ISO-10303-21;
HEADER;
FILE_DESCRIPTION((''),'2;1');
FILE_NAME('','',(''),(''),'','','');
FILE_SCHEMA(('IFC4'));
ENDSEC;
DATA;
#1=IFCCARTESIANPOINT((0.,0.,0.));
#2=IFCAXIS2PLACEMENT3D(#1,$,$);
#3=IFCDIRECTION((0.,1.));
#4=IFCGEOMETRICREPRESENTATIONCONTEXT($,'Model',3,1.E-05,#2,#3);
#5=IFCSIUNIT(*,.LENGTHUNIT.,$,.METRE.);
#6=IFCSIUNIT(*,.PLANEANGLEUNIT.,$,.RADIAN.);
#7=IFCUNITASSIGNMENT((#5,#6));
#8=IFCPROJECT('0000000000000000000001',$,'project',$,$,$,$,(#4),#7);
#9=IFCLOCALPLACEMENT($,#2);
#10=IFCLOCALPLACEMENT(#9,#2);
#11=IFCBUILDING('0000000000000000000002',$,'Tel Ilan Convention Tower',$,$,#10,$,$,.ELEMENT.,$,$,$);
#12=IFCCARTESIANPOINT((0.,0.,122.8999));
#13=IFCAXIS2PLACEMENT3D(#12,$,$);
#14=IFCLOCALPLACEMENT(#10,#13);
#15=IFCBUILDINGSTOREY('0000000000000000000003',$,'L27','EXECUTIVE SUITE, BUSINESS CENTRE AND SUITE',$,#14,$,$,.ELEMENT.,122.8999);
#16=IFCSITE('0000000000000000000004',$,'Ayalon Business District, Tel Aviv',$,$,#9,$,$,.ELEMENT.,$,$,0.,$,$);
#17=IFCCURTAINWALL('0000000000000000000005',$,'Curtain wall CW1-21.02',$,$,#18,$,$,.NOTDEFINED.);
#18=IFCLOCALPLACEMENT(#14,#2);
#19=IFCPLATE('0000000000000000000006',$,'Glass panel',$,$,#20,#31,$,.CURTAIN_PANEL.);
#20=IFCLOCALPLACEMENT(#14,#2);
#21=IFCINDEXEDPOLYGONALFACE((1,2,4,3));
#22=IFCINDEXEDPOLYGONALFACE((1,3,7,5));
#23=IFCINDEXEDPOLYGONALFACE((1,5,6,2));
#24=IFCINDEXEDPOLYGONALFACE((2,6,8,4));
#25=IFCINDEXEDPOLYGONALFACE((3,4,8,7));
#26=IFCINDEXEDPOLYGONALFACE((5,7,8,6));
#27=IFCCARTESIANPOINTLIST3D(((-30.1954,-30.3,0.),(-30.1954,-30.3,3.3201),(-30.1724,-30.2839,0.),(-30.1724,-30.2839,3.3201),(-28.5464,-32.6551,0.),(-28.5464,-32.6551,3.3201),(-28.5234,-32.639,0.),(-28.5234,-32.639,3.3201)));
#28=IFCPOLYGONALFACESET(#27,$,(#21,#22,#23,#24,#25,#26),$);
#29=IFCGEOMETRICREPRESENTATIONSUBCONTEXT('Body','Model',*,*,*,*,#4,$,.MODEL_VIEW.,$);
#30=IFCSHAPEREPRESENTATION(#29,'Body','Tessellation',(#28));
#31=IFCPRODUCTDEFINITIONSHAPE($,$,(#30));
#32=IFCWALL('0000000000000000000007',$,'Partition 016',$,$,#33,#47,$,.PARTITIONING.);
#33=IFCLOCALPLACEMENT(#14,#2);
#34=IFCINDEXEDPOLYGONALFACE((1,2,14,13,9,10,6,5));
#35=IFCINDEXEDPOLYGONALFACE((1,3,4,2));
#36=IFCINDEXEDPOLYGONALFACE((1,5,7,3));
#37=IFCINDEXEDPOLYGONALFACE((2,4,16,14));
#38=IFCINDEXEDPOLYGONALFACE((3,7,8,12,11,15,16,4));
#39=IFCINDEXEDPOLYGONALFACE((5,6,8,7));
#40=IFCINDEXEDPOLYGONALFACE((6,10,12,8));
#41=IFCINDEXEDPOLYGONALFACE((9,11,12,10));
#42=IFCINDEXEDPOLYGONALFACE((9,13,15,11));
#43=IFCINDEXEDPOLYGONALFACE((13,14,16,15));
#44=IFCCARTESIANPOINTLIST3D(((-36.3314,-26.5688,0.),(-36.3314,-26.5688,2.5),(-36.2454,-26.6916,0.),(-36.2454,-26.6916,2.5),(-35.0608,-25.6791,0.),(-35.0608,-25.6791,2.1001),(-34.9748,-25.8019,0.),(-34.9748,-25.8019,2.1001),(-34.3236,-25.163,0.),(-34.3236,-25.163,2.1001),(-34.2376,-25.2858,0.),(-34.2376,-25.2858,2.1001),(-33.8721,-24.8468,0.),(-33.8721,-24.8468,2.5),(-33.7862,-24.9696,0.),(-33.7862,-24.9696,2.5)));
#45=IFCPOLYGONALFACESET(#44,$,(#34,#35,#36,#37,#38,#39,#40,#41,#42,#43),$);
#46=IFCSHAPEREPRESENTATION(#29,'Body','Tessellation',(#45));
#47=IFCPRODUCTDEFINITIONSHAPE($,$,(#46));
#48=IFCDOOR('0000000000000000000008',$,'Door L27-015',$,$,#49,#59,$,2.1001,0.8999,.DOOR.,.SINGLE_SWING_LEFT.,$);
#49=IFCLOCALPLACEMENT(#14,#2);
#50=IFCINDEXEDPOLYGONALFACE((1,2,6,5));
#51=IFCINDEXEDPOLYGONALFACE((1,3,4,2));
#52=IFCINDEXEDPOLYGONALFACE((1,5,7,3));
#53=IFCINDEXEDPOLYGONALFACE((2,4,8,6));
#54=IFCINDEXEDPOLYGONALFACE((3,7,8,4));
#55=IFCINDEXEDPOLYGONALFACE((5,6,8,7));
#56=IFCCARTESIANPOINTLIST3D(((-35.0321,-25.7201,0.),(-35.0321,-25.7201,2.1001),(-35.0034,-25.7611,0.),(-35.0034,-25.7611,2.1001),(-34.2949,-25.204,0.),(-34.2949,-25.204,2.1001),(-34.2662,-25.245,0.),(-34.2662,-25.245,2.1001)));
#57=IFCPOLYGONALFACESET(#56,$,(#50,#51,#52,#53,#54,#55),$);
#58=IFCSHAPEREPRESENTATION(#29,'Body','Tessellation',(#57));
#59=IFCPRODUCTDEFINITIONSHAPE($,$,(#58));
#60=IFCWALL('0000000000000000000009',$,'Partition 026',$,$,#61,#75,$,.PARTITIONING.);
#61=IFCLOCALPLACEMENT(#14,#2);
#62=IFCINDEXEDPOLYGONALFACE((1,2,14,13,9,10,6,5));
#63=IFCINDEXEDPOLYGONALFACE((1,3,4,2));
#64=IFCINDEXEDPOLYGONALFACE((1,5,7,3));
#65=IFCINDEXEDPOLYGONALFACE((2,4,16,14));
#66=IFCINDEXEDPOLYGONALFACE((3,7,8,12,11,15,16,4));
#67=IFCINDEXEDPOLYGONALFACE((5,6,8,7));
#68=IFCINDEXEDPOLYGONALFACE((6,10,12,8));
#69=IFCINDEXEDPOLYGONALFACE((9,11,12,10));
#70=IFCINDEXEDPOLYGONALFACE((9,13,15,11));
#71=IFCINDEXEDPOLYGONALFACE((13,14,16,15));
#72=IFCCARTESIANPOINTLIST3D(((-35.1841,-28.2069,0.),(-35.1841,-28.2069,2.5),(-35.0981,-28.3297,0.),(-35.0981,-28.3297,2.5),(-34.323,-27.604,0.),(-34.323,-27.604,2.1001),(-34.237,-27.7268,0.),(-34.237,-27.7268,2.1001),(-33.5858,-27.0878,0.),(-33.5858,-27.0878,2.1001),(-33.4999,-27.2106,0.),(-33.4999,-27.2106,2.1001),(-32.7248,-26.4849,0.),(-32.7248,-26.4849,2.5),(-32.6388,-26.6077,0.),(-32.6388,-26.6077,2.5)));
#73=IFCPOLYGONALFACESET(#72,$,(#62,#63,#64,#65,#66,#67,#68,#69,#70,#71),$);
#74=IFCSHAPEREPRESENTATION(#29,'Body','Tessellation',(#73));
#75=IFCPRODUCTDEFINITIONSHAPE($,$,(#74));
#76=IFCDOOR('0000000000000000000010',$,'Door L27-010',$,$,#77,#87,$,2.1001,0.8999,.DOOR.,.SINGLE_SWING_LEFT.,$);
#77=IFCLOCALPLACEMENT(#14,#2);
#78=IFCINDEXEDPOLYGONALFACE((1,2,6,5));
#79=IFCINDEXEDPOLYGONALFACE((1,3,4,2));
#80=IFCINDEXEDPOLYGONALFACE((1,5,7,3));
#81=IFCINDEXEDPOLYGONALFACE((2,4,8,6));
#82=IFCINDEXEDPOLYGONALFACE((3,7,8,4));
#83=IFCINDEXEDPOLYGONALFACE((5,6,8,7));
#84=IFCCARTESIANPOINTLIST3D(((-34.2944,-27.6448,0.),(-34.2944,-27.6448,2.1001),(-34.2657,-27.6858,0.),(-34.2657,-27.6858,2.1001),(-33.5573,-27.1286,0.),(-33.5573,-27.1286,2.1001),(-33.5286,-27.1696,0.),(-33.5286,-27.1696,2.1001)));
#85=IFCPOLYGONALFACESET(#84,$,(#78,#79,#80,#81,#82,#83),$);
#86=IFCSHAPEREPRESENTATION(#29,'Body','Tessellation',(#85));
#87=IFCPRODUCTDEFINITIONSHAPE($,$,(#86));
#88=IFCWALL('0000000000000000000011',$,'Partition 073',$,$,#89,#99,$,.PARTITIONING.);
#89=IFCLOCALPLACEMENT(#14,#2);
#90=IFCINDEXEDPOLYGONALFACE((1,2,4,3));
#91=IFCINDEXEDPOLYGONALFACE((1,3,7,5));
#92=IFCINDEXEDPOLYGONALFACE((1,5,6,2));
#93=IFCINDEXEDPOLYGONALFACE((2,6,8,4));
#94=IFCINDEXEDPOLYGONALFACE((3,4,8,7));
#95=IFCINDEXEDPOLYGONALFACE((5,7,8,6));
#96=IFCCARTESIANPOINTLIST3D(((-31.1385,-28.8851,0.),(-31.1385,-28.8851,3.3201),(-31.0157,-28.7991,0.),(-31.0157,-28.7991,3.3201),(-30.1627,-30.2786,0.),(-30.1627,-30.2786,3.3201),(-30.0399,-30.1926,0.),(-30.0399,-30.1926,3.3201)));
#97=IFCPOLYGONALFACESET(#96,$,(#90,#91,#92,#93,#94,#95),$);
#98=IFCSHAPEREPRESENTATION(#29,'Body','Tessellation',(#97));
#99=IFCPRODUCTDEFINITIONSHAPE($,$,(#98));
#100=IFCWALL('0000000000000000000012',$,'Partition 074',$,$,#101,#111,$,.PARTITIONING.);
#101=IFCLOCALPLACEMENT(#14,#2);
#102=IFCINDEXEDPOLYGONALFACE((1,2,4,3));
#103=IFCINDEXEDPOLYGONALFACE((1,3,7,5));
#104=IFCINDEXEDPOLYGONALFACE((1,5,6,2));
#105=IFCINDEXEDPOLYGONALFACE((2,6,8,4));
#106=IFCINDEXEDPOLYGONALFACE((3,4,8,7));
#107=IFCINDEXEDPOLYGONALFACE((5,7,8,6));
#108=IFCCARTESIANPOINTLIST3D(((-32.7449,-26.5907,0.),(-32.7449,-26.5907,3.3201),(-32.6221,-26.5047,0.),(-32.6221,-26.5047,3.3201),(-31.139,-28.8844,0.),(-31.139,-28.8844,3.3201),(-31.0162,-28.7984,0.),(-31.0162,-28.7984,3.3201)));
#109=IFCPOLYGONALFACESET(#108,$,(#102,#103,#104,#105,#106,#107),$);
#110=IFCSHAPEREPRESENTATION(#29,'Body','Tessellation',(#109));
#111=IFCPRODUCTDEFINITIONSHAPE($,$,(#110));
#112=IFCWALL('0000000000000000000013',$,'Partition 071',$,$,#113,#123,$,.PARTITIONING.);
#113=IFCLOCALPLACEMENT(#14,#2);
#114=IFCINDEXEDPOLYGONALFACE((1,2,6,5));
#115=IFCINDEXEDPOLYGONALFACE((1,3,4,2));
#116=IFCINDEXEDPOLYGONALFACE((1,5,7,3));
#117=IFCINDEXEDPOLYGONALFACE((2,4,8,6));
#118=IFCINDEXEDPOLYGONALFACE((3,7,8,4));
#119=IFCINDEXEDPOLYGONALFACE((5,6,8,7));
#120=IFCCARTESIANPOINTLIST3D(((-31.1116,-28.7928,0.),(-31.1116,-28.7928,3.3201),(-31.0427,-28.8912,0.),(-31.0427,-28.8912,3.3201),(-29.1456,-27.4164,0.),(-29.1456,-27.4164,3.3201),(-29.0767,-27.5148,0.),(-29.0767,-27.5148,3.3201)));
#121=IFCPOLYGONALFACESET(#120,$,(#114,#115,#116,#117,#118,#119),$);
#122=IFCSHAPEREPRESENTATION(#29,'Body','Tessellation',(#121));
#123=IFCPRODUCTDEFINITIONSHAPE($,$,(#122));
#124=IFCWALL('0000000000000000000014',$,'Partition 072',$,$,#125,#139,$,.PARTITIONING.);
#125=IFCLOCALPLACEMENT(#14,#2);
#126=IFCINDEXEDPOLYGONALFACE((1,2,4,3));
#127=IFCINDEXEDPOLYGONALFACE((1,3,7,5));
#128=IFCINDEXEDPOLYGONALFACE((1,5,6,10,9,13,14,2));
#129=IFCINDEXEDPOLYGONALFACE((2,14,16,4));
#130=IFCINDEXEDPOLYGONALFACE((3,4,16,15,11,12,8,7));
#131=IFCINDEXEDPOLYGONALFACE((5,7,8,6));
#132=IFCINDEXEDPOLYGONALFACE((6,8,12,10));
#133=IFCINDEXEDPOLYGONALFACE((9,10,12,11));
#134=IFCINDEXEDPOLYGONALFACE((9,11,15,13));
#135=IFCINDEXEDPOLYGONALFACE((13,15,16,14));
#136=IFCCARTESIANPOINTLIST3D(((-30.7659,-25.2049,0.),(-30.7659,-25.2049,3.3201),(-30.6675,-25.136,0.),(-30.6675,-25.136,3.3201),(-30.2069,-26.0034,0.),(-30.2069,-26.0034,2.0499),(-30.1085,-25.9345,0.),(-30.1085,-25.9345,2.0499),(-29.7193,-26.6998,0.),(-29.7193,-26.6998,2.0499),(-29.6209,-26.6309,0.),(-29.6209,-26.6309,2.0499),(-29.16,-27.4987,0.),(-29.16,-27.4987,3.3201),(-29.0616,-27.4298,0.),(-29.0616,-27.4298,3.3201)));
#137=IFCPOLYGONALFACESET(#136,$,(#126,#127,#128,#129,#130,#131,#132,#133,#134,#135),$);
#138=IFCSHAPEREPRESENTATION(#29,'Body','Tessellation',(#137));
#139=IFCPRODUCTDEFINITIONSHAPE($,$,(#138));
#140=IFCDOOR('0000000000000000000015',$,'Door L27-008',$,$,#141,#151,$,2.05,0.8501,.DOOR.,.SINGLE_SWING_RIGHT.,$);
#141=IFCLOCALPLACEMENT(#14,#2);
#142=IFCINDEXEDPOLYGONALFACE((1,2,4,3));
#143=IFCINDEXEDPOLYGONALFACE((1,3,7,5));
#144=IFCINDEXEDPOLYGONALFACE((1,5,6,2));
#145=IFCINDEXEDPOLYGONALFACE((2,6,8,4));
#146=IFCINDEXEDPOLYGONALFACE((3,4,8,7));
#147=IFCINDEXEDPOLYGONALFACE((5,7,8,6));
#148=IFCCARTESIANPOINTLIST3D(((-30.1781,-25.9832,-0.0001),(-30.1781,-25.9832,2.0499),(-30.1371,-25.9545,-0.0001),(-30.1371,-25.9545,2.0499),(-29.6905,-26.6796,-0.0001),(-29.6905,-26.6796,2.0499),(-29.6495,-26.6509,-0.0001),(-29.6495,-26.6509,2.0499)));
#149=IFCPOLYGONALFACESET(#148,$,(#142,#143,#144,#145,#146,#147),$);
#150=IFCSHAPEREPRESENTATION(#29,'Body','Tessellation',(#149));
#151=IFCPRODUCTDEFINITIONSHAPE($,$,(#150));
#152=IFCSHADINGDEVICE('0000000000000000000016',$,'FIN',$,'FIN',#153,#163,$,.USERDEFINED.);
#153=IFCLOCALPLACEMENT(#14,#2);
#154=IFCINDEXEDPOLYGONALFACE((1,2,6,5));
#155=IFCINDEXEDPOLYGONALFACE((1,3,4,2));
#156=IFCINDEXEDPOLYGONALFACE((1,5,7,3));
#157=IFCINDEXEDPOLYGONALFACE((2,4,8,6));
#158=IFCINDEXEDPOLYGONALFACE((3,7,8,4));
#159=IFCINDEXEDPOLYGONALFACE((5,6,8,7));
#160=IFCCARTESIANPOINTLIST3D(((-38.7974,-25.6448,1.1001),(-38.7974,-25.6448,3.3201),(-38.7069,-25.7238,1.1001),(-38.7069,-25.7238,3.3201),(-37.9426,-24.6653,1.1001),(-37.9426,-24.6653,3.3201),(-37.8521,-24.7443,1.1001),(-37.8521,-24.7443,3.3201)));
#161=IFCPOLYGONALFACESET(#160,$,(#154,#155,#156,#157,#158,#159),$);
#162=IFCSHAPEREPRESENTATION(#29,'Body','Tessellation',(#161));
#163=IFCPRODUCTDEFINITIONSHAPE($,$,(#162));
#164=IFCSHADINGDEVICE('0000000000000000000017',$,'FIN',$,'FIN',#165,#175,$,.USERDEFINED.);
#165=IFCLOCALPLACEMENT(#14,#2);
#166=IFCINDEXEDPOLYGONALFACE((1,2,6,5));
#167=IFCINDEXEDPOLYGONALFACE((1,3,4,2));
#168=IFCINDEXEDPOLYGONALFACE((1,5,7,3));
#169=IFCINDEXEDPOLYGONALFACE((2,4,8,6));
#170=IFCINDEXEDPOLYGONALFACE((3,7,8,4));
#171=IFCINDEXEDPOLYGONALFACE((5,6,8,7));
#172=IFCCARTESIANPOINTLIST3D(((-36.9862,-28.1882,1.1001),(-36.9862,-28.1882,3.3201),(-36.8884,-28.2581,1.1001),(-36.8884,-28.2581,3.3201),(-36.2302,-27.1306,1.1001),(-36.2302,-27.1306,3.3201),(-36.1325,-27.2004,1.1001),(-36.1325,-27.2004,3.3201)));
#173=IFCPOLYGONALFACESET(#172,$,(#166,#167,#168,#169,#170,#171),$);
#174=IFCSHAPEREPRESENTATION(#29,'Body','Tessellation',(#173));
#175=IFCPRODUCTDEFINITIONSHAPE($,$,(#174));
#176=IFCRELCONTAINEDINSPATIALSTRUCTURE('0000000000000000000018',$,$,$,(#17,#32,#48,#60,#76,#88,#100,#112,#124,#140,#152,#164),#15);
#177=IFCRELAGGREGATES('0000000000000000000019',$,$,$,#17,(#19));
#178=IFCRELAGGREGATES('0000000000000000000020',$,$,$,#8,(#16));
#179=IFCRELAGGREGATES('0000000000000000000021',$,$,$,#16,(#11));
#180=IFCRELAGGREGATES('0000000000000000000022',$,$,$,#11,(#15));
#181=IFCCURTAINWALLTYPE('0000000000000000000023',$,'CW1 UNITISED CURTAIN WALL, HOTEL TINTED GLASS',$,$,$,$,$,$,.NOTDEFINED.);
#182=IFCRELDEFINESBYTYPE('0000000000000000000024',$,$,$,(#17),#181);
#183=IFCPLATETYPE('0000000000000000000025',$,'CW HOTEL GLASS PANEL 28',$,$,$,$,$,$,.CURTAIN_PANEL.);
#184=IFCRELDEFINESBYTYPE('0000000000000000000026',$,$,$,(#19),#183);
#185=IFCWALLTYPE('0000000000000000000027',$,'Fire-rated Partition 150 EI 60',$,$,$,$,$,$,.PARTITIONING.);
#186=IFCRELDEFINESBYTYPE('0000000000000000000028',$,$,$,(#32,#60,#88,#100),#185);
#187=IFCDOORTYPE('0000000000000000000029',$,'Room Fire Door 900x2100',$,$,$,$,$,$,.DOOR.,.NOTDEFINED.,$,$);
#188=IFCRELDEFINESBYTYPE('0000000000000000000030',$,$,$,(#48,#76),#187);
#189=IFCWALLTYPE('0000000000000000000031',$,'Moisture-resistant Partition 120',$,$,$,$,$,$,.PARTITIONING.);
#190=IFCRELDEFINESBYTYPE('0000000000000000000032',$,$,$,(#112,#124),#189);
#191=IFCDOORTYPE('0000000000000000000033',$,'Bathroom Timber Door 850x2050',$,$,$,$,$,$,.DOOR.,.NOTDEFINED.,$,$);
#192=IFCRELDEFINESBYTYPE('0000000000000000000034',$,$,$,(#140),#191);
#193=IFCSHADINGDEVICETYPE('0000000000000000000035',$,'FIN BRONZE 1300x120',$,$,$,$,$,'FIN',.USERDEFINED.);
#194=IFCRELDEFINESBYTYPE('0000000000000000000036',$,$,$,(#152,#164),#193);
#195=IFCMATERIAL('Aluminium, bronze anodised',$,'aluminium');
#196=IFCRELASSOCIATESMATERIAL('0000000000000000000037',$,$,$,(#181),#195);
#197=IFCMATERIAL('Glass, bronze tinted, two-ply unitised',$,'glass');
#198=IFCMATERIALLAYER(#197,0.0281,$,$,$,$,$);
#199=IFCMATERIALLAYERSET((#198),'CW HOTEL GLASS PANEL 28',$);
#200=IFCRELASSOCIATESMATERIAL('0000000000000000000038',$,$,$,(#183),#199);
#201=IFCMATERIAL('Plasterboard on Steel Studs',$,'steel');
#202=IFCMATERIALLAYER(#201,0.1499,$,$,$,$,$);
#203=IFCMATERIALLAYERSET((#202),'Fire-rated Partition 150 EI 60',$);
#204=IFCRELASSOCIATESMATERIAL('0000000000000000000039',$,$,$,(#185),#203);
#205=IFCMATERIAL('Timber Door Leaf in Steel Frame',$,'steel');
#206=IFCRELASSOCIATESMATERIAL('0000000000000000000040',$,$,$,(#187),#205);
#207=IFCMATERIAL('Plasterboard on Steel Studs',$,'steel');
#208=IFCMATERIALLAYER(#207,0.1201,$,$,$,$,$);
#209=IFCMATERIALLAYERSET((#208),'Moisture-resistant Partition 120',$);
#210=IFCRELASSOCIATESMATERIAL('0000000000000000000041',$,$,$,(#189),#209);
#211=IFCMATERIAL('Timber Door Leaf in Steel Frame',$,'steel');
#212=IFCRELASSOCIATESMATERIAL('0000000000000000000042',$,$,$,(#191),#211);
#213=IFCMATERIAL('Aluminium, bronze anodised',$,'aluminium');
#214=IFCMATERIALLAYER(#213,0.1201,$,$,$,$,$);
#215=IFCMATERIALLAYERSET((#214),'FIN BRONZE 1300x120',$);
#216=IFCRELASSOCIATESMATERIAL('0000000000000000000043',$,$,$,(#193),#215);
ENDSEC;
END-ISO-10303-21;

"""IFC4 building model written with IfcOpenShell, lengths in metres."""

from ifc_helpers import new_model, si_unit, direction, frame, frame_2d, origin, origin_2d, place, context, subcontext, project, spatial, rectangle, extrude, material, layer, layer_set, type_object, element, fill, aggregate, save


model = new_model("IFC4")

# Units and contexts
model_context = context("Model", 3, precision=1e-05, world=origin(), true_north=direction((0.0, 1.0)))
body_context = subcontext(model_context, "Body", "Model", "MODEL_VIEW")
ifc_project = project(units=[si_unit("LENGTHUNIT", "METRE"), si_unit("PLANEANGLEUNIT", "RADIAN")], contexts=[model_context])

# Site, building, storey
site_placement = place(None, origin())
site = spatial("IfcSite", under=ifc_project, at=site_placement, Name="Ayalon Business District, Tel Aviv", CompositionType="ELEMENT", RefElevation=0.0)
building_placement = place(site_placement, origin())
building = spatial("IfcBuilding", under=site, at=building_placement, Name="Tel Ilan Convention Tower", CompositionType="ELEMENT")
storey_placement = place(building_placement, frame((0.0, 0.0, 122.8999)))
storey = spatial("IfcBuildingStorey", under=building, at=storey_placement, Name="L27", Description="EXECUTIVE SUITE, BUSINESS CENTRE AND SUITE", CompositionType="ELEMENT", Elevation=122.8999)

# Curtain wall, plate
ifc_material_1 = material(Name="Aluminium, bronze anodised", Category="aluminium")
curtain_wall_type = type_object("IfcCurtainWallType", Name="CW1 UNITISED CURTAIN WALL, HOTEL TINTED GLASS", PredefinedType="NOTDEFINED", material=ifc_material_1)
curtain_wall_placement = place(storey_placement, origin())
curtain_wall = element("IfcCurtainWall", 1, at=curtain_wall_placement, inside=storey, type_object=curtain_wall_type, Name="Curtain wall CW1-21.02", PredefinedType="NOTDEFINED")
ifc_material_2 = material(Name="Glass, bronze tinted, two-ply unitised", Category="glass")
ifc_layer_1 = layer(ifc_material_2, 0.0281)
ifc_layer_set_1 = layer_set([ifc_layer_1], Name="CW HOTEL GLASS PANEL 28")
plate_type = type_object("IfcPlateType", Name="CW HOTEL GLASS PANEL 28", PredefinedType="CURTAIN_PANEL", material=ifc_layer_set_1)
plate_1_placement = place(storey_placement, frame((-29.3594, -31.4695, 0.0), z_axis=(0.0, 0.0, 1.0), x_axis=(0.573576, -0.819152, 0.0)))
plate_1 = element("IfcPlate", 2, at=plate_1_placement, type_object=plate_type, Name="Glass panel", PredefinedType="CURTAIN_PANEL", context=body_context, shape_type="SweptSolid", body=[
    extrude(rectangle(XDim=2.875, YDim=0.0281, at=origin_2d()), origin(), (0.0, 0.0, 1.0), 3.3201),
])
aggregate(curtain_wall, [plate_1])

# Walls, openings, doors
ifc_material_3 = material(Name="Plasterboard on Steel Studs", Category="steel")
ifc_layer_2 = layer(ifc_material_3, 0.1499)
ifc_layer_set_2 = layer_set([ifc_layer_2], Name="Fire-rated Partition 150 EI 60")
wall_type_1 = type_object("IfcWallType", Name="Fire-rated Partition 150 EI 60", PredefinedType="PARTITIONING", material=ifc_layer_set_2)
wall_1_placement = place(storey_placement, frame((-36.2883, -26.6301, 0.0), z_axis=(0.0, 0.0, 1.0), x_axis=(0.819159, 0.573566, 0.0)))
wall_1 = element("IfcWall", 3, at=wall_1_placement, inside=storey, type_object=wall_type_1, Name="Partition 016", PredefinedType="PARTITIONING", context=body_context, shape_type="SweptSolid", body=[
    extrude(rectangle(XDim=3.0022, YDim=0.1499, at=frame_2d((1.501, 0.0))), origin(), (0.0, 0.0, 1.0), 2.5),
])
opening_1_placement = place(wall_1_placement, frame((1.551, 0.0, 0.0)))
opening_1 = element("IfcOpeningElement", 4, at=opening_1_placement, cuts=wall_1, PredefinedType="OPENING", context=body_context, shape_type="SweptSolid", body=[
    extrude(rectangle(XDim=0.8999, YDim=2.1001, at=frame_2d((0.45, 1.05))), frame((0.0, 0.085, 0.0), z_axis=(0.0, -1.0, 0.0), x_axis=(1.0, 0.0, 0.0)), (0.0, 0.0, 1.0), 0.1699),
])
ifc_material_4 = material(Name="Timber Door Leaf in Steel Frame", Category="steel")
door_type_1 = type_object("IfcDoorType", Name="Room Fire Door 900x2100", OperationType="NOTDEFINED", PredefinedType="DOOR", material=ifc_material_4)
door_1_placement = place(opening_1_placement, origin())
door_1 = element("IfcDoor", 5, at=door_1_placement, inside=storey, type_object=door_type_1, Name="Door L27-015", OperationType="SINGLE_SWING_LEFT", OverallHeight=2.1001, OverallWidth=0.8999, PredefinedType="DOOR", context=body_context, shape_type="SweptSolid", body=[
    extrude(rectangle(XDim=0.8999, YDim=2.1001, at=frame_2d((0.45, 1.05))), frame((0.0, 0.0249, 0.0), z_axis=(0.0, -1.0, 0.0), x_axis=(1.0, 0.0, 0.0)), (0.0, 0.0, 1.0), 0.05),
])
fill(opening_1, door_1)
wall_2_placement = place(storey_placement, frame((-32.6819, -26.5464, 0.0), z_axis=(0.0, 0.0, 1.0), x_axis=(-0.819159, -0.573566, 0.0)))
wall_2 = element("IfcWall", 6, at=wall_2_placement, inside=storey, type_object=wall_type_1, Name="Partition 026", PredefinedType="PARTITIONING", context=body_context, shape_type="SweptSolid", body=[
    extrude(rectangle(XDim=3.0022, YDim=0.1499, at=frame_2d((1.501, 0.0))), origin(), (0.0, 0.0, 1.0), 2.5),
])
opening_2_placement = place(wall_2_placement, frame((1.051, 0.0, 0.0)))
opening_2 = element("IfcOpeningElement", 7, at=opening_2_placement, cuts=wall_2, PredefinedType="OPENING", context=body_context, shape_type="SweptSolid", body=[
    extrude(rectangle(XDim=0.8999, YDim=2.1001, at=frame_2d((0.45, 1.05))), frame((0.0, 0.085, 0.0), z_axis=(0.0, -1.0, 0.0), x_axis=(1.0, 0.0, 0.0)), (0.0, 0.0, 1.0), 0.1699),
])
door_2_placement = place(opening_2_placement, origin())
door_2 = element("IfcDoor", 8, at=door_2_placement, inside=storey, type_object=door_type_1, Name="Door L27-010", OperationType="SINGLE_SWING_LEFT", OverallHeight=2.1001, OverallWidth=0.8999, PredefinedType="DOOR", context=body_context, shape_type="SweptSolid", body=[
    extrude(rectangle(XDim=0.8999, YDim=2.1001, at=frame_2d((0.45, 1.05))), frame((0.0, 0.0249, 0.0), z_axis=(0.0, -1.0, 0.0), x_axis=(1.0, 0.0, 0.0)), (0.0, 0.0, 1.0), 0.05),
])
fill(opening_2, door_2)

# Walls
wall_3_placement = place(storey_placement, frame((-30.1013, -30.2356, 0.0), z_axis=(0.0, 0.0, 1.0), x_axis=(-0.573597, 0.819138, 0.0)))
element("IfcWall", 9, at=wall_3_placement, inside=storey, type_object=wall_type_1, Name="Partition 073", PredefinedType="PARTITIONING", context=body_context, shape_type="SweptSolid", body=[
    extrude(rectangle(XDim=1.7012, YDim=0.1499, at=frame_2d((0.8506, 0.0))), origin(), (0.0, 0.0, 1.0), 3.3201),
])
wall_4_placement = place(storey_placement, frame((-31.0776, -28.8413, 0.0), z_axis=(0.0, 0.0, 1.0), x_axis=(-0.57355, 0.81917, 0.0)))
element("IfcWall", 10, at=wall_4_placement, inside=storey, type_object=wall_type_1, Name="Partition 074", PredefinedType="PARTITIONING", context=body_context, shape_type="SweptSolid", body=[
    extrude(rectangle(XDim=2.8, YDim=0.1499, at=frame_2d((1.3999, 0.0))), origin(), (0.0, 0.0, 1.0), 3.3201),
])
ifc_material_5 = material(Name="Plasterboard on Steel Studs", Category="steel")
ifc_layer_3 = layer(ifc_material_5, 0.1201)
ifc_layer_set_3 = layer_set([ifc_layer_3], Name="Moisture-resistant Partition 120")
wall_type_2 = type_object("IfcWallType", Name="Moisture-resistant Partition 120", PredefinedType="PARTITIONING", material=ifc_layer_set_3)
wall_5_placement = place(storey_placement, frame((-31.0771, -28.842, 0.0), z_axis=(0.0, 0.0, 1.0), x_axis=(0.819189, 0.573524, 0.0)))
element("IfcWall", 11, at=wall_5_placement, inside=storey, type_object=wall_type_2, Name="Partition 071", PredefinedType="PARTITIONING", context=body_context, shape_type="SweptSolid", body=[
    extrude(rectangle(XDim=2.3999, YDim=0.1201, at=frame_2d((1.2, 0.0))), origin(), (0.0, 0.0, 1.0), 3.3201),
])

# Wall, opening, door
wall_6_placement = place(storey_placement, frame((-29.1108, -27.4641, 0.0), z_axis=(0.0, 0.0, 1.0), x_axis=(-0.57355, 0.81917, 0.0)))
wall_6 = element("IfcWall", 12, at=wall_6_placement, inside=storey, type_object=wall_type_2, Name="Partition 072", PredefinedType="PARTITIONING", context=body_context, shape_type="SweptSolid", body=[
    extrude(rectangle(XDim=2.8, YDim=0.1201, at=frame_2d((1.3999, 0.0))), origin(), (0.0, 0.0, 1.0), 3.3201),
])
opening_3_placement = place(wall_6_placement, frame((0.9751, 0.0, 0.0)))
opening_3 = element("IfcOpeningElement", 13, at=opening_3_placement, cuts=wall_6, PredefinedType="OPENING", context=body_context, shape_type="SweptSolid", body=[
    extrude(rectangle(XDim=0.8501, YDim=2.05, at=frame_2d((0.425, 1.0249))), frame((0.0, 0.0701, 0.0), z_axis=(0.0, -1.0, 0.0), x_axis=(1.0, 0.0, 0.0)), (0.0, 0.0, 1.0), 0.1401),
])
ifc_material_6 = material(Name="Timber Door Leaf in Steel Frame", Category="steel")
door_type_2 = type_object("IfcDoorType", Name="Bathroom Timber Door 850x2050", OperationType="NOTDEFINED", PredefinedType="DOOR", material=ifc_material_6)
door_3_placement = place(opening_3_placement, origin())
door_3 = element("IfcDoor", 14, at=door_3_placement, inside=storey, type_object=door_type_2, Name="Door L27-008", OperationType="SINGLE_SWING_RIGHT", OverallHeight=2.05, OverallWidth=0.8501, PredefinedType="DOOR", context=body_context, shape_type="SweptSolid", body=[
    extrude(rectangle(XDim=0.8501, YDim=2.05, at=frame_2d((0.425, 1.0249))), frame((0.0, 0.0249, 0.0), z_axis=(0.0, -1.0, 0.0), x_axis=(1.0, 0.0, 0.0)), (0.0, 0.0, 1.0), 0.05),
])
fill(opening_3, door_3)

# Shading devices
ifc_material_7 = material(Name="Aluminium, bronze anodised", Category="aluminium")
ifc_layer_4 = layer(ifc_material_7, 0.1201)
ifc_layer_set_4 = layer_set([ifc_layer_4], Name="FIN BRONZE 1300x120")
shading_device_type = type_object("IfcShadingDeviceType", Name="FIN BRONZE 1300x120", ElementType="FIN", PredefinedType="USERDEFINED", material=ifc_layer_set_4)
for number, where, z_axis, x_axis, name in (
    (15, (-38.3247, -25.1946, 1.1001), (0.0, 0.0, 1.0), (-0.657521, -0.753436, 0.0), "FIN"),
    (16, (-36.5593, -27.6943, 1.1001), (0.0, 0.0, 1.0), (-0.581492, -0.813552, 0.0), "FIN"),
):
    element("IfcShadingDevice", number, at=place(storey_placement, frame(where, z_axis=z_axis, x_axis=x_axis)), inside=storey, type_object=shading_device_type, Name=name, ObjectType="FIN", PredefinedType="USERDEFINED", context=body_context, shape_type="SweptSolid", body=[
        extrude(rectangle(XDim=1.3, YDim=0.1201, at=origin_2d()), origin(), (0.0, 0.0, 1.0), 2.22),
    ])

save(model, "model.ifc")
